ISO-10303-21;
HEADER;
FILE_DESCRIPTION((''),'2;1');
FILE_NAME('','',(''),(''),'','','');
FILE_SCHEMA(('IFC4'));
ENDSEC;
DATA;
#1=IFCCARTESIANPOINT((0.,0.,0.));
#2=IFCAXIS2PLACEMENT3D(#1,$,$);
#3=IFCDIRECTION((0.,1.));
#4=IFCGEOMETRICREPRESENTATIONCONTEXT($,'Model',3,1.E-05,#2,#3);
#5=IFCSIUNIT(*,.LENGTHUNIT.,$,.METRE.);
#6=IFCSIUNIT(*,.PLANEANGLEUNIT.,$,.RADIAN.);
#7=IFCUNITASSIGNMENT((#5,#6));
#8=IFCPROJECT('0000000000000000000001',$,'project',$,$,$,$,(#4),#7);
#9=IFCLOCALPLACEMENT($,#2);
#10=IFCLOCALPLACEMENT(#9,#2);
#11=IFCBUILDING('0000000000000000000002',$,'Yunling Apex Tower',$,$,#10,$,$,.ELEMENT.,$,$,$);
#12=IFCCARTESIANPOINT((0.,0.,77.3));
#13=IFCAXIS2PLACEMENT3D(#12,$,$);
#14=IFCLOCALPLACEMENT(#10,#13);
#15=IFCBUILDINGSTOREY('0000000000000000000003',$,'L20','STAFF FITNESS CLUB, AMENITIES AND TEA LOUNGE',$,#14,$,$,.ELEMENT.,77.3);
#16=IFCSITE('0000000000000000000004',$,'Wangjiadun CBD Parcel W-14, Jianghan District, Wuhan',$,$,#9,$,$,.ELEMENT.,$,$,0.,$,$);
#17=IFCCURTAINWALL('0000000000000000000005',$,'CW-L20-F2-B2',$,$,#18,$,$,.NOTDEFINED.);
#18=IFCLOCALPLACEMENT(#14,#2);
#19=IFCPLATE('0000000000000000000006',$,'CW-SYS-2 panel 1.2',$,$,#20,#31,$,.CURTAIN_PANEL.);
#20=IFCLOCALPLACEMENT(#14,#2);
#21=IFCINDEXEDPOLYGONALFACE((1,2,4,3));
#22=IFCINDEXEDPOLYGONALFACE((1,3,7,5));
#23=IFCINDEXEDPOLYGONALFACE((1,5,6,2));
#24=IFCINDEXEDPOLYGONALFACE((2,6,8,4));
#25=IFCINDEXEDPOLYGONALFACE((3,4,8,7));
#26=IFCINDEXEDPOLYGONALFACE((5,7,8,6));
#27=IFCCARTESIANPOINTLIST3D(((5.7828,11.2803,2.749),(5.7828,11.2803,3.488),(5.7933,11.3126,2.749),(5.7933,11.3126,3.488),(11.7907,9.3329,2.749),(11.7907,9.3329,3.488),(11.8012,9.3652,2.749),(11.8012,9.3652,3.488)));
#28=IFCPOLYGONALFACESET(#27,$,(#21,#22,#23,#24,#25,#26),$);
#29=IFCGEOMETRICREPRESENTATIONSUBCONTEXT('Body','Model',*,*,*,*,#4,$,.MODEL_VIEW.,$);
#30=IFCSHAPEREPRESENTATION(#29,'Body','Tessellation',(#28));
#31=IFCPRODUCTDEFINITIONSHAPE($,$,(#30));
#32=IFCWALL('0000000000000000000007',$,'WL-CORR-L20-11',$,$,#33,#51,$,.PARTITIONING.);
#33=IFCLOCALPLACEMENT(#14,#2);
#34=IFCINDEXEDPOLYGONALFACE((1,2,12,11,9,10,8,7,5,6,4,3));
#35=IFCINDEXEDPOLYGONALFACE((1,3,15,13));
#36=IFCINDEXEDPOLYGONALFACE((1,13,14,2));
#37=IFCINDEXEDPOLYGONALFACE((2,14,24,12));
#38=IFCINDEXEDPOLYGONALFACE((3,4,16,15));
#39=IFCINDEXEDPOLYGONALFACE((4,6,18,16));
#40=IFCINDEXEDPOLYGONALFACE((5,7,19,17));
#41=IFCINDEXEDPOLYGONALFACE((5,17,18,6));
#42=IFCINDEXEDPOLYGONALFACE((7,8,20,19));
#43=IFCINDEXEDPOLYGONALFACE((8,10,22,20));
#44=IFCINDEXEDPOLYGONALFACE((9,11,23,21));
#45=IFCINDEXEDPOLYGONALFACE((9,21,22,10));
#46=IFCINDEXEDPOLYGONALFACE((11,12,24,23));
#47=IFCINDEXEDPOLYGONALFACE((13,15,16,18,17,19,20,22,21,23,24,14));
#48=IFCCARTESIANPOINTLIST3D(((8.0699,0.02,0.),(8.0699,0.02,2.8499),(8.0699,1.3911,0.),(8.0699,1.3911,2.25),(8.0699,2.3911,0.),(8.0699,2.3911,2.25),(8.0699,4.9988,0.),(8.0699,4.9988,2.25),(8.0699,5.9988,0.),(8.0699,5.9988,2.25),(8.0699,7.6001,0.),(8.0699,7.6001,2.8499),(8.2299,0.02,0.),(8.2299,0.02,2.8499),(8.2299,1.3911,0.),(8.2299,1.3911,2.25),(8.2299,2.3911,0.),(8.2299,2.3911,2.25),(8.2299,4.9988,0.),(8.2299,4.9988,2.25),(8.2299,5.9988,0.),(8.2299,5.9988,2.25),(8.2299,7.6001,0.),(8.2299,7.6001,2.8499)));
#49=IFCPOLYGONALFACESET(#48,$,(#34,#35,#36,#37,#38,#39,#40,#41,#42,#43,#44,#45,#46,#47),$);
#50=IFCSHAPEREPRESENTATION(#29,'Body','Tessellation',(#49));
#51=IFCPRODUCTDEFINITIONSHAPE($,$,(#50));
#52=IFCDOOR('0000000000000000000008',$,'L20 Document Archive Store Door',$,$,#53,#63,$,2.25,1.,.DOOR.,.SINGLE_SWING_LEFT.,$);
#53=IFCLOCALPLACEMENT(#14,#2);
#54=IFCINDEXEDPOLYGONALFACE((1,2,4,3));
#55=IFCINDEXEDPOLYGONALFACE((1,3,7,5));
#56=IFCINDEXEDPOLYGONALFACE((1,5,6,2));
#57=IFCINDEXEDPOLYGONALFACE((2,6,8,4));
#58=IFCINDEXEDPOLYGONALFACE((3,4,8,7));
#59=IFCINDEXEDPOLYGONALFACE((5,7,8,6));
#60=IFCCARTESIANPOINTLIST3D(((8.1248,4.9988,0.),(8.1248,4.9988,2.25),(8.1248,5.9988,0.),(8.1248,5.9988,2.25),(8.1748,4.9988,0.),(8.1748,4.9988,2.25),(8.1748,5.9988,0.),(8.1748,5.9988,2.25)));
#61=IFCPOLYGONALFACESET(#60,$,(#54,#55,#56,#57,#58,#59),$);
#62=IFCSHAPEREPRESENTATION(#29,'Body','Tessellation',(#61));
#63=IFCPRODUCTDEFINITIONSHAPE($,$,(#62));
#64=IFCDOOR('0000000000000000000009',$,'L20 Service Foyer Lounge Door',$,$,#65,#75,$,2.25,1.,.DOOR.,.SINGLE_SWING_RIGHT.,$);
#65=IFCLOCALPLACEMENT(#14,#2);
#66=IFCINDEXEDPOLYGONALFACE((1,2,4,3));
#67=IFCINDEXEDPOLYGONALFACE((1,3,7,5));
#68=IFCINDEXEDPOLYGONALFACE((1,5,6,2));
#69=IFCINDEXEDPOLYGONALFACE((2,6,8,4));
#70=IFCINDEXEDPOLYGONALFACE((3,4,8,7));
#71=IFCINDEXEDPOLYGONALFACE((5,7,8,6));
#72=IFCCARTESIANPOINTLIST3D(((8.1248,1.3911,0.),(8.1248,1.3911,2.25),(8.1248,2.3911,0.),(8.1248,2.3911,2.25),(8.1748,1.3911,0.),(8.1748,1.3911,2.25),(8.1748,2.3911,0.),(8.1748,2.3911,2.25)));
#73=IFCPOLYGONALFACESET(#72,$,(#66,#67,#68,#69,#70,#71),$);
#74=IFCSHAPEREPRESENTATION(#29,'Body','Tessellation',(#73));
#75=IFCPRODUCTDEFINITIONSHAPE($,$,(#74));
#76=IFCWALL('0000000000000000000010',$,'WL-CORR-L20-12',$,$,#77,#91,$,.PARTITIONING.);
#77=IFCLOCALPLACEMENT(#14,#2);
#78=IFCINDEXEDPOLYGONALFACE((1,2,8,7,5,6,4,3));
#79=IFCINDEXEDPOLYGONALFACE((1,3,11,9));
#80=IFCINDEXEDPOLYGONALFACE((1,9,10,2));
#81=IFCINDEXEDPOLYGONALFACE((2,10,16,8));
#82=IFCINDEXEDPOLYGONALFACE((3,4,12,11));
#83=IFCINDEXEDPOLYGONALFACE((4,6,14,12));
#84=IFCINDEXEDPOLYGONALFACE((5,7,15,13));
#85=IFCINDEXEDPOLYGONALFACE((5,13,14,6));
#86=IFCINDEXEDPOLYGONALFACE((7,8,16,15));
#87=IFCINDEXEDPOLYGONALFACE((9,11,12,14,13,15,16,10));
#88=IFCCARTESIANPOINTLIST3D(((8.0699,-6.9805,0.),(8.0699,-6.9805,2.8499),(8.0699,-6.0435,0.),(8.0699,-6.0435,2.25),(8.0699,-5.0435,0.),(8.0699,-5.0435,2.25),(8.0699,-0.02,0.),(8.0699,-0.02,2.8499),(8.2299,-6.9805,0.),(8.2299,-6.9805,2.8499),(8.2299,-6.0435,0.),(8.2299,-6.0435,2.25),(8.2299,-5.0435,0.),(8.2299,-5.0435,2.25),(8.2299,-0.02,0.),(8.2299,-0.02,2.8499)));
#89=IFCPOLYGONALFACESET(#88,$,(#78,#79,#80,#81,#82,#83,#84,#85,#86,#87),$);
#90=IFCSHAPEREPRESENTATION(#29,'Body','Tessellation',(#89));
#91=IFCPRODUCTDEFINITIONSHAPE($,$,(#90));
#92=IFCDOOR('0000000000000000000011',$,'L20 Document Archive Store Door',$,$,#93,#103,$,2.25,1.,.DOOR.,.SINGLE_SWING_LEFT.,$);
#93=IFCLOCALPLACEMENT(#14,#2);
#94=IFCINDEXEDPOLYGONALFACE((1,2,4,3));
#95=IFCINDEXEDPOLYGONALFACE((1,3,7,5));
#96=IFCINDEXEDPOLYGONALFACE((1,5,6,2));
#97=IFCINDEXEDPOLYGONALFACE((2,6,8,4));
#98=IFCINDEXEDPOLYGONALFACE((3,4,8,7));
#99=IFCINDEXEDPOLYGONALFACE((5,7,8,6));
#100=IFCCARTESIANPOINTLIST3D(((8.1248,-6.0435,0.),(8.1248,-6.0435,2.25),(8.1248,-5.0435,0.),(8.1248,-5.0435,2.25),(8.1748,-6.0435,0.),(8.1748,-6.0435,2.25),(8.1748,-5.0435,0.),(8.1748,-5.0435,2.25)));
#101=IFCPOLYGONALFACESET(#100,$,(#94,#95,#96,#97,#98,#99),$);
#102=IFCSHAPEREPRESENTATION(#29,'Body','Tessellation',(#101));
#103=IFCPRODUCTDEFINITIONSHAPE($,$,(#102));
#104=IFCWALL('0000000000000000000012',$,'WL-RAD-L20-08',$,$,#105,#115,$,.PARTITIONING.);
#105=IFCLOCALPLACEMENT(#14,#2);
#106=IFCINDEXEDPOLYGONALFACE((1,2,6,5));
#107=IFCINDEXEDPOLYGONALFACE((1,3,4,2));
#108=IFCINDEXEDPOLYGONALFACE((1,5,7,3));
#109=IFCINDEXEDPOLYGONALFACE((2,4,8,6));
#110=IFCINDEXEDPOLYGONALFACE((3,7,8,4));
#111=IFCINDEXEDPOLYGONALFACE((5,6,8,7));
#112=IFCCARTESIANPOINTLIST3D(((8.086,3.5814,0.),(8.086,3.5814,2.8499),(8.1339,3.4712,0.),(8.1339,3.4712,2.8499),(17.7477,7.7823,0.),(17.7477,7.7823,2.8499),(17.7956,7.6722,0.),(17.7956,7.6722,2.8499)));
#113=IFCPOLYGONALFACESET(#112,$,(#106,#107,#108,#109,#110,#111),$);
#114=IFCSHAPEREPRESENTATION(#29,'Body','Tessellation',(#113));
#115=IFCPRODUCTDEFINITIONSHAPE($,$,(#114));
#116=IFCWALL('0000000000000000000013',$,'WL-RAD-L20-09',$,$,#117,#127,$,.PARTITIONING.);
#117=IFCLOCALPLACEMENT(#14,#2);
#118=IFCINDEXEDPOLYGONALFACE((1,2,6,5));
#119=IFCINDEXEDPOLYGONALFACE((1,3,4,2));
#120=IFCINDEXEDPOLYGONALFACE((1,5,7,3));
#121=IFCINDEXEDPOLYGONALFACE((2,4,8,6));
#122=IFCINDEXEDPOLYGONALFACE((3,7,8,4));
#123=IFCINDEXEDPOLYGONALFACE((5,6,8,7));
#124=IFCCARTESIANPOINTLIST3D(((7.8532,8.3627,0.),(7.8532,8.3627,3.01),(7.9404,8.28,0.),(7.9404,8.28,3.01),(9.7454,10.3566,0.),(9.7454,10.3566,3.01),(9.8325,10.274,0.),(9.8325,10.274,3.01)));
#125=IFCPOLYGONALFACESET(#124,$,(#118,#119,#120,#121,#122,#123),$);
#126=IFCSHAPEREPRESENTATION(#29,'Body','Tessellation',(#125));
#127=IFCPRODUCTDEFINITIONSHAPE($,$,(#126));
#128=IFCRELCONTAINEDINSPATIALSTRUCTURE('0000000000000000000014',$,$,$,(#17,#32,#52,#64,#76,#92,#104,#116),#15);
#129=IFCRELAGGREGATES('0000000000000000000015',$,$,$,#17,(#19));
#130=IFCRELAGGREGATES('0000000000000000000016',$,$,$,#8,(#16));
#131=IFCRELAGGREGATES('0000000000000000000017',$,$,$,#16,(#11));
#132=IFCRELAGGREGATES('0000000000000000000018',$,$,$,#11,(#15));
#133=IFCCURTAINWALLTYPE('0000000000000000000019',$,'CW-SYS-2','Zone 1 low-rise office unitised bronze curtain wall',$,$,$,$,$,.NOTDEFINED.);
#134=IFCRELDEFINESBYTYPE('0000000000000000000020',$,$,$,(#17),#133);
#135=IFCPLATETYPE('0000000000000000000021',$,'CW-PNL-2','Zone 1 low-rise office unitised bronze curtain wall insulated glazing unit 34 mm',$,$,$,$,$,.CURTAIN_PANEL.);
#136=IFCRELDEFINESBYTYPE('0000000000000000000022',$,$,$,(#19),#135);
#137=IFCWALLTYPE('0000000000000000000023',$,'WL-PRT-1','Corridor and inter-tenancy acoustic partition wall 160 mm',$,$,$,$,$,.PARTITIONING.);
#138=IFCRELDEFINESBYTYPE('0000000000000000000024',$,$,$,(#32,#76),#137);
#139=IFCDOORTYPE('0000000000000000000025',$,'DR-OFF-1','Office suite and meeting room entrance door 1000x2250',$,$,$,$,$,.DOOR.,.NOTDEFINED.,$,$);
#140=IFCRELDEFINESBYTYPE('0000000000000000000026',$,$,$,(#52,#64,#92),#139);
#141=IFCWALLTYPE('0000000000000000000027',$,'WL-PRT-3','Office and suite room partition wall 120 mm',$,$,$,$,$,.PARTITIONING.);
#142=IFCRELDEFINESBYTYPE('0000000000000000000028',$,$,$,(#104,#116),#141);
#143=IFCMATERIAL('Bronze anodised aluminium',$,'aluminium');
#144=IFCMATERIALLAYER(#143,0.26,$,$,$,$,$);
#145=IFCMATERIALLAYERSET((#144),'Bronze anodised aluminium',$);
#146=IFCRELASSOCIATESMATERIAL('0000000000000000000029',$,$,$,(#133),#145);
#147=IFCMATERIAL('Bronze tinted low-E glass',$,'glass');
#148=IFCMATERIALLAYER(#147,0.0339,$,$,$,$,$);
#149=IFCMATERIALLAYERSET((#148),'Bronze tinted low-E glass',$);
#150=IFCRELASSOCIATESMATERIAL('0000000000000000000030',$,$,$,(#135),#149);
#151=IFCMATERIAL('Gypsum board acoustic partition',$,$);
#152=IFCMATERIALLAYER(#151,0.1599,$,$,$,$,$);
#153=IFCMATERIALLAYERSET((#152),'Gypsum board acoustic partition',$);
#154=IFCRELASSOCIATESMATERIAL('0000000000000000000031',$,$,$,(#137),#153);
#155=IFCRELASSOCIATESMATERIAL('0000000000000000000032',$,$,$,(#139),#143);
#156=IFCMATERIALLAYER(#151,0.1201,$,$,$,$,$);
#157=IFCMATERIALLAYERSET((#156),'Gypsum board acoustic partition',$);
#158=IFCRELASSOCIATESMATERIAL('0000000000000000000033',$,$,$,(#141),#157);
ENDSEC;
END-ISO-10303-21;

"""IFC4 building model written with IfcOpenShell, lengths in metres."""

from ifc_helpers import new_model, si_unit, direction, frame, frame_2d, origin, origin_2d, place, context, subcontext, project, spatial, rectangle, extrude, source, transform, mapped, material, layer, layer_set, type_object, element, fill, aggregate, save


model = new_model("IFC4")

# Units and contexts
model_context = context("Model", 3, precision=1e-05, world=origin(), true_north=direction((0.0, 1.0)))
body_context = subcontext(model_context, "Body", "Model", "MODEL_VIEW")
ifc_project = project(units=[si_unit("LENGTHUNIT", "METRE"), si_unit("PLANEANGLEUNIT", "RADIAN")], contexts=[model_context])

# Site, building, storey
site_placement = place(None, origin())
site = spatial("IfcSite", under=ifc_project, at=site_placement, Name="Wangjiadun CBD Parcel W-14, Jianghan District, Wuhan", CompositionType="ELEMENT", RefElevation=0.0)
building_placement = place(site_placement, origin())
building = spatial("IfcBuilding", under=site, at=building_placement, Name="Yunling Apex Tower", CompositionType="ELEMENT")
storey_placement = place(building_placement, frame((0.0, 0.0, 77.3)))
storey = spatial("IfcBuildingStorey", under=building, at=storey_placement, Name="L20", Description="STAFF FITNESS CLUB, AMENITIES AND TEA LOUNGE", CompositionType="ELEMENT", Elevation=77.3)

# Curtain wall
ifc_material_1 = material(Name="Bronze anodised aluminium", Category="aluminium")
ifc_layer_1 = layer(ifc_material_1, 0.26)
ifc_layer_set_1 = layer_set([ifc_layer_1], Name="Bronze anodised aluminium")
curtain_wall_type = type_object("IfcCurtainWallType", Name="CW-SYS-2", Description="Zone 1 low-rise office unitised bronze curtain wall", PredefinedType="NOTDEFINED", material=ifc_layer_set_1)
curtain_wall_placement = place(storey_placement, origin())
curtain_wall = element("IfcCurtainWall", 1, at=curtain_wall_placement, inside=storey, type_object=curtain_wall_type, Name="CW-L20-F2-B2", PredefinedType="NOTDEFINED")

# Plate
ifc_material_2 = material(Name="Bronze tinted low-E glass", Category="glass")
ifc_layer_2 = layer(ifc_material_2, 0.0339)
ifc_layer_set_2 = layer_set([ifc_layer_2], Name="Bronze tinted low-E glass")
plate_type_1 = type_object("IfcPlateType", Name="CW-PNL-2", Description="Zone 1 low-rise office unitised bronze curtain wall insulated glazing unit 34 mm", PredefinedType="CURTAIN_PANEL", material=ifc_layer_set_2)
shared_shape_1 = source(origin(), body_context, "Body", "SweptSolid", [
    extrude(rectangle(XDim=6.3157, YDim=0.0339, at=origin_2d()), origin(), (0.0, 0.0, 1.0), 0.739),
])
plate_1_placement = place(storey_placement, frame((8.792, 10.3228, 2.749), z_axis=(0.0, 0.0, 1.0), x_axis=(-0.951272, 0.308352, 0.0)))
plate_1 = element("IfcPlate", 2, at=plate_1_placement, type_object=plate_type_1, Name="CW-SYS-2 panel 1.2", PredefinedType="CURTAIN_PANEL", context=body_context, shape_type="MappedRepresentation", body=[
    mapped(shared_shape_1, transform((0.0, 0.0, 0.0), scale=1.0)),
])
aggregate(curtain_wall, [plate_1])

# Wall, openings, doors
ifc_material_3 = material(Name="Gypsum board acoustic partition")
ifc_layer_3 = layer(ifc_material_3, 0.1599)
ifc_layer_set_3 = layer_set([ifc_layer_3], Name="Gypsum board acoustic partition")
wall_type_1 = type_object("IfcWallType", Name="WL-PRT-1", Description="Corridor and inter-tenancy acoustic partition wall 160 mm", PredefinedType="PARTITIONING", material=ifc_layer_set_3)
wall_1_placement = place(storey_placement, frame((8.1499, 7.6001, 0.0), z_axis=(0.0, 0.0, 1.0), x_axis=(0.0, -1.0, 0.0)))
wall_1 = element("IfcWall", 3, at=wall_1_placement, inside=storey, type_object=wall_type_1, Name="WL-CORR-L20-11", PredefinedType="PARTITIONING", context=body_context, shape_type="SweptSolid", body=[
    extrude(rectangle(XDim=7.5801, YDim=0.1599, at=frame_2d((3.79, 0.0))), origin(), (0.0, 0.0, 1.0), 2.8499),
])
opening_1_placement = place(wall_1_placement, frame((1.6013, 0.0, 0.0)))
opening_1 = element("IfcOpeningElement", 4, at=opening_1_placement, cuts=wall_1, PredefinedType="OPENING", context=body_context, shape_type="SweptSolid", body=[
    extrude(rectangle(XDim=1.0, YDim=2.25, at=frame_2d((0.5, 1.125))), frame((0.0, 0.0898, 0.0), z_axis=(0.0, -1.0, 0.0), x_axis=(1.0, 0.0, 0.0)), (0.0, 0.0, 1.0), 0.1799),
])
opening_2_placement = place(wall_1_placement, frame((5.209, 0.0, 0.0)))
opening_2 = element("IfcOpeningElement", 5, at=opening_2_placement, cuts=wall_1, PredefinedType="OPENING", context=body_context, shape_type="SweptSolid", body=[
    extrude(rectangle(XDim=1.0, YDim=2.25, at=frame_2d((0.5, 1.125))), frame((0.0, 0.0898, 0.0), z_axis=(0.0, -1.0, 0.0), x_axis=(1.0, 0.0, 0.0)), (0.0, 0.0, 1.0), 0.1799),
])
door_type = type_object("IfcDoorType", Name="DR-OFF-1", Description="Office suite and meeting room entrance door 1000x2250", OperationType="NOTDEFINED", PredefinedType="DOOR", material=ifc_material_1)
door_1_placement = place(opening_1_placement, origin())
door_1 = element("IfcDoor", 6, at=door_1_placement, inside=storey, type_object=door_type, Name="L20 Document Archive Store Door", OperationType="SINGLE_SWING_LEFT", OverallHeight=2.25, OverallWidth=1.0, PredefinedType="DOOR", context=body_context, shape_type="SweptSolid", body=[
    extrude(rectangle(XDim=1.0, YDim=2.25, at=frame_2d((0.5, 1.125))), frame((0.0, 0.0249, 0.0), z_axis=(0.0, -1.0, 0.0), x_axis=(1.0, 0.0, 0.0)), (0.0, 0.0, 1.0), 0.05),
])
fill(opening_1, door_1)
door_2_placement = place(opening_2_placement, origin())
door_2 = element("IfcDoor", 7, at=door_2_placement, inside=storey, type_object=door_type, Name="L20 Service Foyer Lounge Door", OperationType="SINGLE_SWING_RIGHT", OverallHeight=2.25, OverallWidth=1.0, PredefinedType="DOOR", context=body_context, shape_type="SweptSolid", body=[
    extrude(rectangle(XDim=1.0, YDim=2.25, at=frame_2d((0.5, 1.125))), frame((0.0, 0.0249, 0.0), z_axis=(0.0, -1.0, 0.0), x_axis=(1.0, 0.0, 0.0)), (0.0, 0.0, 1.0), 0.05),
])
fill(opening_2, door_2)

# Wall, opening, door
wall_2_placement = place(storey_placement, frame((8.1499, -0.02, 0.0), z_axis=(0.0, 0.0, 1.0), x_axis=(0.0, -1.0, 0.0)))
wall_2 = element("IfcWall", 8, at=wall_2_placement, inside=storey, type_object=wall_type_1, Name="WL-CORR-L20-12", PredefinedType="PARTITIONING", context=body_context, shape_type="SweptSolid", body=[
    extrude(rectangle(XDim=6.9604, YDim=0.1599, at=frame_2d((3.4802, 0.0))), origin(), (0.0, 0.0, 1.0), 2.8499),
])
opening_3_placement = place(wall_2_placement, frame((5.0234, 0.0, 0.0)))
opening_3 = element("IfcOpeningElement", 9, at=opening_3_placement, cuts=wall_2, PredefinedType="OPENING", context=body_context, shape_type="SweptSolid", body=[
    extrude(rectangle(XDim=1.0, YDim=2.25, at=frame_2d((0.5, 1.125))), frame((0.0, 0.0898, 0.0), z_axis=(0.0, -1.0, 0.0), x_axis=(1.0, 0.0, 0.0)), (0.0, 0.0, 1.0), 0.1799),
])
door_3_placement = place(opening_3_placement, origin())
door_3 = element("IfcDoor", 10, at=door_3_placement, inside=storey, type_object=door_type, Name="L20 Document Archive Store Door", OperationType="SINGLE_SWING_LEFT", OverallHeight=2.25, OverallWidth=1.0, PredefinedType="DOOR", context=body_context, shape_type="SweptSolid", body=[
    extrude(rectangle(XDim=1.0, YDim=2.25, at=frame_2d((0.5, 1.125))), frame((0.0, 0.0249, 0.0), z_axis=(0.0, -1.0, 0.0), x_axis=(1.0, 0.0, 0.0)), (0.0, 0.0, 1.0), 0.05),
])
fill(opening_3, door_3)

# Walls
ifc_layer_4 = layer(ifc_material_3, 0.1201)
ifc_layer_set_4 = layer_set([ifc_layer_4], Name="Gypsum board acoustic partition")
wall_type_2 = type_object("IfcWallType", Name="WL-PRT-3", Description="Office and suite room partition wall 120 mm", PredefinedType="PARTITIONING", material=ifc_layer_set_4)
wall_3_placement = place(storey_placement, frame((8.1101, 3.5264, 0.0), z_axis=(0.0, 0.0, 1.0), x_axis=(0.917062, 0.398744, 0.0)))
element("IfcWall", 11, at=wall_3_placement, inside=storey, type_object=wall_type_2, Name="WL-RAD-L20-08", PredefinedType="PARTITIONING", context=body_context, shape_type="SweptSolid", body=[
    extrude(rectangle(XDim=10.5354, YDim=0.1201, at=frame_2d((5.2676, 0.0))), origin(), (0.0, 0.0, 1.0), 2.8499),
])
wall_4_placement = place(storey_placement, frame((7.8967, 8.3213, 0.0), z_axis=(0.0, 0.0, 1.0), x_axis=(0.688346, 0.725383, 0.0)))
element("IfcWall", 12, at=wall_4_placement, inside=storey, type_object=wall_type_2, Name="WL-RAD-L20-09", PredefinedType="PARTITIONING", context=body_context, shape_type="SweptSolid", body=[
    extrude(rectangle(XDim=2.7488, YDim=0.1201, at=frame_2d((1.3745, 0.0))), origin(), (0.0, 0.0, 1.0), 3.01),
])

save(model, "model.ifc")
